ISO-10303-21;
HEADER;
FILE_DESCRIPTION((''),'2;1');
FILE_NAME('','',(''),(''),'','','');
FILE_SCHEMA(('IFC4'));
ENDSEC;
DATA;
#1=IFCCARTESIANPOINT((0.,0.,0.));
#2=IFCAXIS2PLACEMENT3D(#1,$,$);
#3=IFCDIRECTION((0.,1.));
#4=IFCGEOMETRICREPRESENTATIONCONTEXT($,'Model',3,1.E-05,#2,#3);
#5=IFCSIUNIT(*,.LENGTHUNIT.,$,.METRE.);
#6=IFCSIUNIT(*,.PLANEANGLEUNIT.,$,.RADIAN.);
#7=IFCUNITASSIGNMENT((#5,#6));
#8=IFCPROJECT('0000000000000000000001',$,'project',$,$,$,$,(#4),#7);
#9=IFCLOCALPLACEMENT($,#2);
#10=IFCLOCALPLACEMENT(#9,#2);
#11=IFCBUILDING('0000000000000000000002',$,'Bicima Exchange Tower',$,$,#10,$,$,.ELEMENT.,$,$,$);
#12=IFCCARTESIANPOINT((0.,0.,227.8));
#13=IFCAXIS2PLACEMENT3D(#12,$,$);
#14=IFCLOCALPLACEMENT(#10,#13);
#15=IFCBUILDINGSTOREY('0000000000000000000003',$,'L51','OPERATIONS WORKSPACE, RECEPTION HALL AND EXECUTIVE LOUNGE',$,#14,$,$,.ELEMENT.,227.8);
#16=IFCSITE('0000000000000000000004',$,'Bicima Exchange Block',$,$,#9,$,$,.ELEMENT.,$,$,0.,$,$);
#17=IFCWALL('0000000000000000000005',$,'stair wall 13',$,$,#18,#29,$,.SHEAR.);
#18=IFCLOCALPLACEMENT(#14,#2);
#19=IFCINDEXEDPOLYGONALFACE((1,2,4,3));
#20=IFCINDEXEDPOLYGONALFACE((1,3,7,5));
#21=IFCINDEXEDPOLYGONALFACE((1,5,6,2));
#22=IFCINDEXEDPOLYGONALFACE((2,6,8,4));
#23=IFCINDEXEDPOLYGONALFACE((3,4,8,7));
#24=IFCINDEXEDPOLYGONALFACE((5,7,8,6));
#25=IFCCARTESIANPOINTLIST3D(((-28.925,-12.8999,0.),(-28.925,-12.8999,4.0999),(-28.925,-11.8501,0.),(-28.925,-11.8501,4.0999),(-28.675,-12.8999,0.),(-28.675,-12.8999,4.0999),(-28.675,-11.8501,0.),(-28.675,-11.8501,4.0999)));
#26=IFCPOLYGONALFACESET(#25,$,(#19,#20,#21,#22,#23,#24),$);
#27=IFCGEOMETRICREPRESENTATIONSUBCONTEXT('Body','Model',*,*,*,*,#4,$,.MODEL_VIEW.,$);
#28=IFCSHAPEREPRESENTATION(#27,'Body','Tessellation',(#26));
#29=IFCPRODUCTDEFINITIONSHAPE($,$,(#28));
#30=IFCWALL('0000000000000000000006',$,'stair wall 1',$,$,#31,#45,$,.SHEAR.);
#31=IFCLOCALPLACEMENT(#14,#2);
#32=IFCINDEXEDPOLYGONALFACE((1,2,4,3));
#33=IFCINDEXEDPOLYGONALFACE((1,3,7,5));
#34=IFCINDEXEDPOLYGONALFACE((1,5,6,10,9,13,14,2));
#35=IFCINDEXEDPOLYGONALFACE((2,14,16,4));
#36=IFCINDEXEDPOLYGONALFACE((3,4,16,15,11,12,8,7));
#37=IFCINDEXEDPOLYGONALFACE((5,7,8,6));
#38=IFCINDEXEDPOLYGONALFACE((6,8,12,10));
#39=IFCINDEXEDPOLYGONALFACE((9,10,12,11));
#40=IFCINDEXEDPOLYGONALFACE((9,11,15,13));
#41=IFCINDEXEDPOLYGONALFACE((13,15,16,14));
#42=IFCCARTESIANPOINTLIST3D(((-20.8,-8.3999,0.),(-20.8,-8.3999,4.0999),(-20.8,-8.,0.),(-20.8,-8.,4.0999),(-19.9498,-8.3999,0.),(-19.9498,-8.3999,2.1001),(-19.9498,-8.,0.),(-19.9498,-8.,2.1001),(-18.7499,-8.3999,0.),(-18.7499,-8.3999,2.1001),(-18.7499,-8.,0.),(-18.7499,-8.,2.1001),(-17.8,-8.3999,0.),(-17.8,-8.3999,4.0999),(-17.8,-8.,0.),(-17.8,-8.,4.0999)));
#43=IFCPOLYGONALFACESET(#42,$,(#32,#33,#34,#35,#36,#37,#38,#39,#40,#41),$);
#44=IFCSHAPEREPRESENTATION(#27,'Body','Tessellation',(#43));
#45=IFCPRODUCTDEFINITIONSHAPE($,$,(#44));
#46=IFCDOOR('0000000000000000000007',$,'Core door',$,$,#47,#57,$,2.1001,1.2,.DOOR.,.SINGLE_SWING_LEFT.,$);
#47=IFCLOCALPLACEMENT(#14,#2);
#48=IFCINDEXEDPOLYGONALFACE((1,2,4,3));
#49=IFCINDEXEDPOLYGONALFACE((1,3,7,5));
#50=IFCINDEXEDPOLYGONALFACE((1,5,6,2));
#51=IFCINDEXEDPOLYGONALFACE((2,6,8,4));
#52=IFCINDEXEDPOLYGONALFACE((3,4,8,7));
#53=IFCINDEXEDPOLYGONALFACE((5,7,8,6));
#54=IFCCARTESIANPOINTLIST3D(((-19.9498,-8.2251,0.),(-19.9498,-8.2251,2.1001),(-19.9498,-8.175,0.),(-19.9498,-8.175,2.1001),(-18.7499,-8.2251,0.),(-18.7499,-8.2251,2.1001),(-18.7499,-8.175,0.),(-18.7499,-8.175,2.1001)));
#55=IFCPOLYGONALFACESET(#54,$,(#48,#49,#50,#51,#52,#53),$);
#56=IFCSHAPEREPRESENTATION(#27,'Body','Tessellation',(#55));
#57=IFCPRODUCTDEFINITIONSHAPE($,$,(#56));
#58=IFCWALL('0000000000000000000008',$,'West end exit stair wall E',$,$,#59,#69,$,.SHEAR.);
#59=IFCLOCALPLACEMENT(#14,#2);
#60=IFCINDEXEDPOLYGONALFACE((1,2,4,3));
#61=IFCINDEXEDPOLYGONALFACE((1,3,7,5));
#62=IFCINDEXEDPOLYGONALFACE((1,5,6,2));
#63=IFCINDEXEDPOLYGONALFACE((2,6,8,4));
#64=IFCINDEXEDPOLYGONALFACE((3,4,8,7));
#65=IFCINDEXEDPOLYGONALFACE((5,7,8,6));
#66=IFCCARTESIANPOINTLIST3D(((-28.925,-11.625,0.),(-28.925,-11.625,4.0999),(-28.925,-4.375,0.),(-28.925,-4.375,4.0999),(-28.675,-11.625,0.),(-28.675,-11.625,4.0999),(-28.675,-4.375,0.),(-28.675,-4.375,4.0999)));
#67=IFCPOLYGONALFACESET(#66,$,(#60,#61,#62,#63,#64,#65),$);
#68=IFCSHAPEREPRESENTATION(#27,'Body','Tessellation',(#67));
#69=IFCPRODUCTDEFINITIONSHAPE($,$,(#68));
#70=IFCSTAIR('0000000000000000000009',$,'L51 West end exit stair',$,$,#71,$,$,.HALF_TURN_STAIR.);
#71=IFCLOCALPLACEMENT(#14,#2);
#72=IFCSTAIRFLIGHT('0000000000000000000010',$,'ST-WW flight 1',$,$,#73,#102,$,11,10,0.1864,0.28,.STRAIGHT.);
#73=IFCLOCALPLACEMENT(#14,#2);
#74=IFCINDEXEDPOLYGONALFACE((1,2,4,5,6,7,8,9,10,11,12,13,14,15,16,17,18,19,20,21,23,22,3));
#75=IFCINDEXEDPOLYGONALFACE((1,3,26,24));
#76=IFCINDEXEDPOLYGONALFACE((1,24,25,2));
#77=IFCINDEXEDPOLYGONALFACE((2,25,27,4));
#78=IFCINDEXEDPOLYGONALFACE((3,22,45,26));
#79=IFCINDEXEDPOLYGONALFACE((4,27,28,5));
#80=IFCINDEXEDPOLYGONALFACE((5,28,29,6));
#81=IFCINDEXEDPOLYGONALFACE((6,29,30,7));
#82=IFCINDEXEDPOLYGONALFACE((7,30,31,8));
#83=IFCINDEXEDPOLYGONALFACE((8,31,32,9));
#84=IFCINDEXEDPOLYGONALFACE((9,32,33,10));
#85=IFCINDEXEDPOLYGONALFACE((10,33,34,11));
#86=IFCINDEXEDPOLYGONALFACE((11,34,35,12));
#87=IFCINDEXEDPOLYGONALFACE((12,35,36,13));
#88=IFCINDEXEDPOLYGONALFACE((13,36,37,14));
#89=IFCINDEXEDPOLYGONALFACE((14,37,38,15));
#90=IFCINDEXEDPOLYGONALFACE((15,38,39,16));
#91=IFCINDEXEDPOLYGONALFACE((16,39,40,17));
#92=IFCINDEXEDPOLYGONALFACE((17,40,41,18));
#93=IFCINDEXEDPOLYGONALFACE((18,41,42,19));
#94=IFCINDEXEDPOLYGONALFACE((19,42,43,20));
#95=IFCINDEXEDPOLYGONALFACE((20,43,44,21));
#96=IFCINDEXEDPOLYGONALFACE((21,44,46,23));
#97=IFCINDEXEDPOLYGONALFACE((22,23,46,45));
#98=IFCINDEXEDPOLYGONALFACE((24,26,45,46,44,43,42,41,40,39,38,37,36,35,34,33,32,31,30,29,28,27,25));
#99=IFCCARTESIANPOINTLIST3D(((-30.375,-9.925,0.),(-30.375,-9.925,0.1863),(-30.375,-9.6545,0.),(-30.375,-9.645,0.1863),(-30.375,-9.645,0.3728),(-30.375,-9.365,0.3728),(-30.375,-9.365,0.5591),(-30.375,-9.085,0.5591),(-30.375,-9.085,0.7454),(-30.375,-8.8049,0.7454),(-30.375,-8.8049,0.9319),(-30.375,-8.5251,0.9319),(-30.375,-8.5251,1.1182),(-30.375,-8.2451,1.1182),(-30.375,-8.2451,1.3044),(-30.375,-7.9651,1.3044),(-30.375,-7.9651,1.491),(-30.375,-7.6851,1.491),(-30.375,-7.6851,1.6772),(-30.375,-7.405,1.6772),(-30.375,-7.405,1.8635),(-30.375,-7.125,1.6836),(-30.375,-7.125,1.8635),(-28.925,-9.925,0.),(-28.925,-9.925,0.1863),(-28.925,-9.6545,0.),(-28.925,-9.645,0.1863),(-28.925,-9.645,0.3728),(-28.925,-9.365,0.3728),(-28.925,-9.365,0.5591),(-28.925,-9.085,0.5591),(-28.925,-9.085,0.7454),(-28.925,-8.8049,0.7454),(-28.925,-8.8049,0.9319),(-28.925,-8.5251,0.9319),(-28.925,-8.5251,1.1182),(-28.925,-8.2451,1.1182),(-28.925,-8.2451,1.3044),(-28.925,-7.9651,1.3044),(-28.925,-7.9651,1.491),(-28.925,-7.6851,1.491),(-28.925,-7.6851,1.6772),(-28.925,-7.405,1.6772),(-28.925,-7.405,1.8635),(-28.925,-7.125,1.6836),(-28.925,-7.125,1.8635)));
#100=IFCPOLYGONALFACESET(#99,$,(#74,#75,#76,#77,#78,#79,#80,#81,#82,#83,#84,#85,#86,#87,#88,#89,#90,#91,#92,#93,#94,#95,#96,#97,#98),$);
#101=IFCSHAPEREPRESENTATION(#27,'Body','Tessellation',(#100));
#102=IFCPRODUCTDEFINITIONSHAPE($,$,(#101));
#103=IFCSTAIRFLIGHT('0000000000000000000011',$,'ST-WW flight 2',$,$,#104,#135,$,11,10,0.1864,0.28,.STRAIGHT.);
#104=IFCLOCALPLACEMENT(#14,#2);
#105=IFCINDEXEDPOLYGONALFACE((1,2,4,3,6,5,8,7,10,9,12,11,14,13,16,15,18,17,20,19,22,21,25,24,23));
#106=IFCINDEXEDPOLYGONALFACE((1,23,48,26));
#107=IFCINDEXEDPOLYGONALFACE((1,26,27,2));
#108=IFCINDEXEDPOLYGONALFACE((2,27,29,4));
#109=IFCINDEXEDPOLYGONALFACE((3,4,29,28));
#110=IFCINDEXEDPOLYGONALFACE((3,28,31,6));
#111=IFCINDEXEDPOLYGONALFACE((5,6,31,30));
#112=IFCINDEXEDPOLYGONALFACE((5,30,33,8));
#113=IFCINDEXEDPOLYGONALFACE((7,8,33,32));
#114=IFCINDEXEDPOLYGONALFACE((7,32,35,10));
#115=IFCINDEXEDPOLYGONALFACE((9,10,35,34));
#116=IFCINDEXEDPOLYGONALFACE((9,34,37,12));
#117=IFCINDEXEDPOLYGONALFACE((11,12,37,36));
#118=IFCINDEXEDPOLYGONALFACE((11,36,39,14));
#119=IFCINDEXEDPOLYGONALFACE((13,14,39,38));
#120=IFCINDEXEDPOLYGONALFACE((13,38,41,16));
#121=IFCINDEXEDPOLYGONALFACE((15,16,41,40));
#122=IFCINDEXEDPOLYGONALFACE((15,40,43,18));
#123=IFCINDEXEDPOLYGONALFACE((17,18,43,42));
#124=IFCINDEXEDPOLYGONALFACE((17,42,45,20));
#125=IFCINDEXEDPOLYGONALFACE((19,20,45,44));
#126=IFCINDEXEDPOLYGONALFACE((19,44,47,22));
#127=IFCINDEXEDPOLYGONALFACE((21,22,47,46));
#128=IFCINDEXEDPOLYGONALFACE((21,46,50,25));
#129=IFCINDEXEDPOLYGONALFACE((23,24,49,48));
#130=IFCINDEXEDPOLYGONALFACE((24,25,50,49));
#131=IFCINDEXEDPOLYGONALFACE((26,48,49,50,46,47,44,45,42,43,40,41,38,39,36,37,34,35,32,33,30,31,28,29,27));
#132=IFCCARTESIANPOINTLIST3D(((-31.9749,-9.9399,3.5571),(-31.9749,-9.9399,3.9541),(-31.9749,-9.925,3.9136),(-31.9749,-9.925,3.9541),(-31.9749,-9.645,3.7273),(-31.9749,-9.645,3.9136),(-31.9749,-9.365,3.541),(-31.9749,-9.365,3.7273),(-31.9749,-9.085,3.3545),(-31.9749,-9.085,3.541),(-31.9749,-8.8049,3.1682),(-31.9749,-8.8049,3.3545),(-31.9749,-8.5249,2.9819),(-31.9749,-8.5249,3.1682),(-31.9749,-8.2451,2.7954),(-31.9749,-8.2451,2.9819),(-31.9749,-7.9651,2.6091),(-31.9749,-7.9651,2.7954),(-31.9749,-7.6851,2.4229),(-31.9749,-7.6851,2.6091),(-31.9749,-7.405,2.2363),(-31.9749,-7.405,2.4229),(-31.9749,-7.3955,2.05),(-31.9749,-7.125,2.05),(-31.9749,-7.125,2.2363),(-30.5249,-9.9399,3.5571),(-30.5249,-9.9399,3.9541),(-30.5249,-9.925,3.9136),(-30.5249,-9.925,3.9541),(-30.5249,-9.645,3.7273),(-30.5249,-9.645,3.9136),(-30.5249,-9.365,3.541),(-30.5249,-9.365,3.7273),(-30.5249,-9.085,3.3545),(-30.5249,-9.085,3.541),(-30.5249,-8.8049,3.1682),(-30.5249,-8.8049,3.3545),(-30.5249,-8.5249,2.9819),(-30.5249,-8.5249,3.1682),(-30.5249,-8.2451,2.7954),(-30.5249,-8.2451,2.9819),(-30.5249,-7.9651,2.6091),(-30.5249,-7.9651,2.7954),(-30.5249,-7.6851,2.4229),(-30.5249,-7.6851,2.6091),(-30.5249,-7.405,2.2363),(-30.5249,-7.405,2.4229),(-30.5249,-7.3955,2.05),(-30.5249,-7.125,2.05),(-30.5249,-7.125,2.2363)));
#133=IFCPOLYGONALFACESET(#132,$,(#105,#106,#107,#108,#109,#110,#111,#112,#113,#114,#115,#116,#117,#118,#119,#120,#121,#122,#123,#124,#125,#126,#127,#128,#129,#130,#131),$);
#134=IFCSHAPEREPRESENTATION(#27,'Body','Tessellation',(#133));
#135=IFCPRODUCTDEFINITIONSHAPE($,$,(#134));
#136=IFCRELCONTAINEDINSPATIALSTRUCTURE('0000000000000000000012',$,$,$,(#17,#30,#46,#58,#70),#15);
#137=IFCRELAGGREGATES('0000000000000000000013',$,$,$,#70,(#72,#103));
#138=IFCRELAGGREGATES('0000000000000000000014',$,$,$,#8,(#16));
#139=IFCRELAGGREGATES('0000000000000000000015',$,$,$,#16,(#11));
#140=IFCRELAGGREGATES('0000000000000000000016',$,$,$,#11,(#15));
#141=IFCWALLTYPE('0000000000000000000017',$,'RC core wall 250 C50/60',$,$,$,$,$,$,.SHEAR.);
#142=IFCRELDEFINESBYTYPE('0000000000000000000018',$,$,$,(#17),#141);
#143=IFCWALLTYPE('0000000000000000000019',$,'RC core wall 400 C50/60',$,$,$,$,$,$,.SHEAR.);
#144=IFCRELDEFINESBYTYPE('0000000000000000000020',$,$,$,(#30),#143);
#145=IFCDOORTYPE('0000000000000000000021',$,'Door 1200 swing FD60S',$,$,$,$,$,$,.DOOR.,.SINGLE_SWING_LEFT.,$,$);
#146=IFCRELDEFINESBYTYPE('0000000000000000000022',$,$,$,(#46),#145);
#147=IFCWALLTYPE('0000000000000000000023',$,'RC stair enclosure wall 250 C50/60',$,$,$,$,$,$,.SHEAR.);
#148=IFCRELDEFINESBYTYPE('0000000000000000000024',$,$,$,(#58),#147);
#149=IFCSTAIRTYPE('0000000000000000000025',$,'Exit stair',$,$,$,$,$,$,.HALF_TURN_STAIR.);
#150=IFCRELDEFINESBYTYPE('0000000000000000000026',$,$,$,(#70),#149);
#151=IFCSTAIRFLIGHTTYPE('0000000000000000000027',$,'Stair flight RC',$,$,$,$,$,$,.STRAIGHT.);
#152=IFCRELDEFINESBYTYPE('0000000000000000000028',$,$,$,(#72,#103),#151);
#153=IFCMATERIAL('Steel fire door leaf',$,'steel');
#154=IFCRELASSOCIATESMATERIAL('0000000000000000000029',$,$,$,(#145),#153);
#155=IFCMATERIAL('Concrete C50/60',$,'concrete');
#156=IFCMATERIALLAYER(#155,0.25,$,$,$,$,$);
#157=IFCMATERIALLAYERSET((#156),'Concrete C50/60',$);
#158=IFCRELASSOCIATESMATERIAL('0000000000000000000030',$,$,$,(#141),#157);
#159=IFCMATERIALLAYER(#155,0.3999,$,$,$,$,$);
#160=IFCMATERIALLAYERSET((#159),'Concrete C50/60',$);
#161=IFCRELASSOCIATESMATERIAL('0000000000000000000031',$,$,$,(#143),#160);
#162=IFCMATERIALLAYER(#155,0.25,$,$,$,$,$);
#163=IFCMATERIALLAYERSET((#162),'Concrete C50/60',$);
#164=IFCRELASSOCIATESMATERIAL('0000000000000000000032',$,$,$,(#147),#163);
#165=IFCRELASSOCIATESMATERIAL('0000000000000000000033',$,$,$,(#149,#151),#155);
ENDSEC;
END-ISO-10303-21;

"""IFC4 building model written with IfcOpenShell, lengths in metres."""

from ifc_helpers import new_model, si_unit, direction, frame, frame_2d, origin, place, context, subcontext, project, spatial, polyline, rectangle, outline, extrude, material, layer, layer_set, type_object, element, fill, aggregate, save


model = new_model("IFC4")

# Units and contexts
model_context = context("Model", 3, precision=1e-05, world=origin(), true_north=direction((0.0, 1.0)))
body_context = subcontext(model_context, "Body", "Model", "MODEL_VIEW")
ifc_project = project(units=[si_unit("LENGTHUNIT", "METRE"), si_unit("PLANEANGLEUNIT", "RADIAN")], contexts=[model_context])

# Site, building, storey
site_placement = place(None, origin())
site = spatial("IfcSite", under=ifc_project, at=site_placement, Name="Bicima Exchange Block", CompositionType="ELEMENT", RefElevation=0.0)
building_placement = place(site_placement, origin())
building = spatial("IfcBuilding", under=site, at=building_placement, Name="Bicima Exchange Tower", CompositionType="ELEMENT")
storey_placement = place(building_placement, frame((0.0, 0.0, 227.8)))
storey = spatial("IfcBuildingStorey", under=building, at=storey_placement, Name="L51", Description="OPERATIONS WORKSPACE, RECEPTION HALL AND EXECUTIVE LOUNGE", CompositionType="ELEMENT", Elevation=227.8)

# Shared definitions
ifc_material_1 = material(Name="Concrete C50/60", Category="concrete")
ifc_material_2 = material(Name="Steel fire door leaf", Category="steel")
door_type_1 = type_object("IfcDoorType", Name="Door 1200 swing FD60S", OperationType="SINGLE_SWING_LEFT", PredefinedType="DOOR", material=ifc_material_2)

# Wall
ifc_layer_1 = layer(ifc_material_1, 0.25)
ifc_layer_set_1 = layer_set([ifc_layer_1], Name="Concrete C50/60")
wall_type_1 = type_object("IfcWallType", Name="RC core wall 250 C50/60", PredefinedType="SHEAR", material=ifc_layer_set_1)
wall_1_placement = place(storey_placement, frame((-28.8, -12.8999, 0.0), z_axis=(0.0, 0.0, 1.0), x_axis=(0.0, 1.0, 0.0)))
element("IfcWall", 1, at=wall_1_placement, inside=storey, type_object=wall_type_1, Name="stair wall 13", PredefinedType="SHEAR", context=body_context, shape_type="SweptSolid", body=[
    extrude(rectangle(XDim=1.0498, YDim=0.25, at=frame_2d((0.5249, 0.0))), origin(), (0.0, 0.0, 1.0), 4.0999),
])

# Wall, opening, door
ifc_layer_2 = layer(ifc_material_1, 0.3999)
ifc_layer_set_2 = layer_set([ifc_layer_2], Name="Concrete C50/60")
wall_type_2 = type_object("IfcWallType", Name="RC core wall 400 C50/60", PredefinedType="SHEAR", material=ifc_layer_set_2)
wall_2_placement = place(storey_placement, frame((-20.8, -8.2, 0.0), z_axis=(0.0, 0.0, 1.0), x_axis=(1.0, 0.0, 0.0)))
wall_2 = element("IfcWall", 2, at=wall_2_placement, inside=storey, type_object=wall_type_2, Name="stair wall 1", PredefinedType="SHEAR", context=body_context, shape_type="SweptSolid", body=[
    extrude(rectangle(XDim=3.0, YDim=0.3999, at=frame_2d((1.5, 0.0))), origin(), (0.0, 0.0, 1.0), 4.0999),
])
opening_1_placement = place(wall_2_placement, frame((0.8501, 0.0, 0.0)))
opening_1 = element("IfcOpeningElement", 3, at=opening_1_placement, cuts=wall_2, PredefinedType="OPENING", context=body_context, shape_type="SweptSolid", body=[
    extrude(rectangle(XDim=1.2, YDim=2.1001, at=frame_2d((0.6001, 1.05))), frame((0.0, 0.2119, 0.0), z_axis=(0.0, -1.0, 0.0), x_axis=(1.0, 0.0, 0.0)), (0.0, 0.0, 1.0), 0.4238),
])
door_1_placement = place(opening_1_placement, origin())
door_1 = element("IfcDoor", 4, at=door_1_placement, inside=storey, type_object=door_type_1, Name="Core door", OperationType="SINGLE_SWING_LEFT", OverallHeight=2.1001, OverallWidth=1.2, PredefinedType="DOOR", context=body_context, shape_type="SweptSolid", body=[
    extrude(rectangle(XDim=1.2, YDim=2.1001, at=frame_2d((0.6001, 1.05))), frame((0.0, 0.0249, 0.0), z_axis=(0.0, -1.0, 0.0), x_axis=(1.0, 0.0, 0.0)), (0.0, 0.0, 1.0), 0.05),
])
fill(opening_1, door_1)

# Wall
ifc_layer_3 = layer(ifc_material_1, 0.25)
ifc_layer_set_3 = layer_set([ifc_layer_3], Name="Concrete C50/60")
wall_type_3 = type_object("IfcWallType", Name="RC stair enclosure wall 250 C50/60", PredefinedType="SHEAR", material=ifc_layer_set_3)
wall_3_placement = place(storey_placement, frame((-28.8, -11.625, 0.0), z_axis=(0.0, 0.0, 1.0), x_axis=(0.0, 1.0, 0.0)))
element("IfcWall", 5, at=wall_3_placement, inside=storey, type_object=wall_type_3, Name="West end exit stair wall E", PredefinedType="SHEAR", context=body_context, shape_type="SweptSolid", body=[
    extrude(rectangle(XDim=7.25, YDim=0.25, at=frame_2d((3.625, 0.0))), origin(), (0.0, 0.0, 1.0), 4.0999),
])

# Stair, stair flights
stair_type = type_object("IfcStairType", Name="Exit stair", PredefinedType="HALF_TURN_STAIR", material=ifc_material_1)
stair_placement = place(storey_placement, origin())
stair = element("IfcStair", 6, at=stair_placement, inside=storey, type_object=stair_type, Name="L51 West end exit stair", PredefinedType="HALF_TURN_STAIR")
stair_flight_type = type_object("IfcStairFlightType", Name="Stair flight RC", PredefinedType="STRAIGHT", material=ifc_material_1)
stair_flight_1_placement = place(storey_placement, frame((-29.6499, -9.925, 0.0), z_axis=(0.0, 0.0, 1.0), x_axis=(0.0, 1.0, 0.0)))
stair_flight_1 = element("IfcStairFlight", 7, at=stair_flight_1_placement, type_object=stair_flight_type, Name="ST-WW flight 1", NumberOfRisers=11, NumberOfTreads=10, PredefinedType="STRAIGHT", RiserHeight=0.1864, TreadLength=0.28, context=body_context, shape_type="SweptSolid", body=[
    extrude(outline(polyline([(0.0, 0.0), (0.0, 0.1863), (0.28, 0.1863), (0.28, 0.3728), (0.5601, 0.3728), (0.5601, 0.5591), (0.8401, 0.5591), (0.8401, 0.7454), (1.1201, 0.7454), (1.1201, 0.9319), (1.3999, 0.9319), (1.3999, 1.1182), (1.6799, 1.1182), (1.6799, 1.3044), (1.96, 1.3044), (1.96, 1.491), (2.24, 1.491), (2.24, 1.6772), (2.52, 1.6772), (2.52, 1.8635), (2.8, 1.8635), (2.8, 2.05), (2.8, 1.6836), (0.2705, 0.0), (0.0, 0.0)])), frame((0.0, 0.7251, 0.0), z_axis=(0.0, -1.0, 0.0), x_axis=(1.0, 0.0, 0.0)), (0.0, 0.0, 1.0), 1.45),
])
stair_flight_2_placement = place(storey_placement, frame((-31.25, -7.125, 2.05), z_axis=(0.0, 0.0, 1.0), x_axis=(0.0, -1.0, 0.0)))
stair_flight_2 = element("IfcStairFlight", 8, at=stair_flight_2_placement, type_object=stair_flight_type, Name="ST-WW flight 2", NumberOfRisers=11, NumberOfTreads=10, PredefinedType="STRAIGHT", RiserHeight=0.1864, TreadLength=0.28, context=body_context, shape_type="SweptSolid", body=[
    extrude(outline(polyline([(0.0, 0.0), (0.0, 0.1863), (0.28, 0.1863), (0.28, 0.3728), (0.5601, 0.3728), (0.5601, 0.5591), (0.8401, 0.5591), (0.8401, 0.7454), (1.1201, 0.7454), (1.1201, 0.9319), (1.3999, 0.9319), (1.3999, 1.1182), (1.6799, 1.1182), (1.6799, 1.3044), (1.96, 1.3044), (1.96, 1.491), (2.24, 1.491), (2.24, 1.6772), (2.52, 1.6772), (2.52, 1.8635), (2.8, 1.8635), (2.8, 1.9041), (2.8149, 1.9041), (2.8149, 1.5071), (0.2705, 0.0), (0.0, 0.0)])), frame((0.0, 0.7251, 0.0), z_axis=(0.0, -1.0, 0.0), x_axis=(1.0, 0.0, 0.0)), (0.0, 0.0, 1.0), 1.45),
])
aggregate(stair, [stair_flight_1, stair_flight_2])

save(model, "model.ifc")
